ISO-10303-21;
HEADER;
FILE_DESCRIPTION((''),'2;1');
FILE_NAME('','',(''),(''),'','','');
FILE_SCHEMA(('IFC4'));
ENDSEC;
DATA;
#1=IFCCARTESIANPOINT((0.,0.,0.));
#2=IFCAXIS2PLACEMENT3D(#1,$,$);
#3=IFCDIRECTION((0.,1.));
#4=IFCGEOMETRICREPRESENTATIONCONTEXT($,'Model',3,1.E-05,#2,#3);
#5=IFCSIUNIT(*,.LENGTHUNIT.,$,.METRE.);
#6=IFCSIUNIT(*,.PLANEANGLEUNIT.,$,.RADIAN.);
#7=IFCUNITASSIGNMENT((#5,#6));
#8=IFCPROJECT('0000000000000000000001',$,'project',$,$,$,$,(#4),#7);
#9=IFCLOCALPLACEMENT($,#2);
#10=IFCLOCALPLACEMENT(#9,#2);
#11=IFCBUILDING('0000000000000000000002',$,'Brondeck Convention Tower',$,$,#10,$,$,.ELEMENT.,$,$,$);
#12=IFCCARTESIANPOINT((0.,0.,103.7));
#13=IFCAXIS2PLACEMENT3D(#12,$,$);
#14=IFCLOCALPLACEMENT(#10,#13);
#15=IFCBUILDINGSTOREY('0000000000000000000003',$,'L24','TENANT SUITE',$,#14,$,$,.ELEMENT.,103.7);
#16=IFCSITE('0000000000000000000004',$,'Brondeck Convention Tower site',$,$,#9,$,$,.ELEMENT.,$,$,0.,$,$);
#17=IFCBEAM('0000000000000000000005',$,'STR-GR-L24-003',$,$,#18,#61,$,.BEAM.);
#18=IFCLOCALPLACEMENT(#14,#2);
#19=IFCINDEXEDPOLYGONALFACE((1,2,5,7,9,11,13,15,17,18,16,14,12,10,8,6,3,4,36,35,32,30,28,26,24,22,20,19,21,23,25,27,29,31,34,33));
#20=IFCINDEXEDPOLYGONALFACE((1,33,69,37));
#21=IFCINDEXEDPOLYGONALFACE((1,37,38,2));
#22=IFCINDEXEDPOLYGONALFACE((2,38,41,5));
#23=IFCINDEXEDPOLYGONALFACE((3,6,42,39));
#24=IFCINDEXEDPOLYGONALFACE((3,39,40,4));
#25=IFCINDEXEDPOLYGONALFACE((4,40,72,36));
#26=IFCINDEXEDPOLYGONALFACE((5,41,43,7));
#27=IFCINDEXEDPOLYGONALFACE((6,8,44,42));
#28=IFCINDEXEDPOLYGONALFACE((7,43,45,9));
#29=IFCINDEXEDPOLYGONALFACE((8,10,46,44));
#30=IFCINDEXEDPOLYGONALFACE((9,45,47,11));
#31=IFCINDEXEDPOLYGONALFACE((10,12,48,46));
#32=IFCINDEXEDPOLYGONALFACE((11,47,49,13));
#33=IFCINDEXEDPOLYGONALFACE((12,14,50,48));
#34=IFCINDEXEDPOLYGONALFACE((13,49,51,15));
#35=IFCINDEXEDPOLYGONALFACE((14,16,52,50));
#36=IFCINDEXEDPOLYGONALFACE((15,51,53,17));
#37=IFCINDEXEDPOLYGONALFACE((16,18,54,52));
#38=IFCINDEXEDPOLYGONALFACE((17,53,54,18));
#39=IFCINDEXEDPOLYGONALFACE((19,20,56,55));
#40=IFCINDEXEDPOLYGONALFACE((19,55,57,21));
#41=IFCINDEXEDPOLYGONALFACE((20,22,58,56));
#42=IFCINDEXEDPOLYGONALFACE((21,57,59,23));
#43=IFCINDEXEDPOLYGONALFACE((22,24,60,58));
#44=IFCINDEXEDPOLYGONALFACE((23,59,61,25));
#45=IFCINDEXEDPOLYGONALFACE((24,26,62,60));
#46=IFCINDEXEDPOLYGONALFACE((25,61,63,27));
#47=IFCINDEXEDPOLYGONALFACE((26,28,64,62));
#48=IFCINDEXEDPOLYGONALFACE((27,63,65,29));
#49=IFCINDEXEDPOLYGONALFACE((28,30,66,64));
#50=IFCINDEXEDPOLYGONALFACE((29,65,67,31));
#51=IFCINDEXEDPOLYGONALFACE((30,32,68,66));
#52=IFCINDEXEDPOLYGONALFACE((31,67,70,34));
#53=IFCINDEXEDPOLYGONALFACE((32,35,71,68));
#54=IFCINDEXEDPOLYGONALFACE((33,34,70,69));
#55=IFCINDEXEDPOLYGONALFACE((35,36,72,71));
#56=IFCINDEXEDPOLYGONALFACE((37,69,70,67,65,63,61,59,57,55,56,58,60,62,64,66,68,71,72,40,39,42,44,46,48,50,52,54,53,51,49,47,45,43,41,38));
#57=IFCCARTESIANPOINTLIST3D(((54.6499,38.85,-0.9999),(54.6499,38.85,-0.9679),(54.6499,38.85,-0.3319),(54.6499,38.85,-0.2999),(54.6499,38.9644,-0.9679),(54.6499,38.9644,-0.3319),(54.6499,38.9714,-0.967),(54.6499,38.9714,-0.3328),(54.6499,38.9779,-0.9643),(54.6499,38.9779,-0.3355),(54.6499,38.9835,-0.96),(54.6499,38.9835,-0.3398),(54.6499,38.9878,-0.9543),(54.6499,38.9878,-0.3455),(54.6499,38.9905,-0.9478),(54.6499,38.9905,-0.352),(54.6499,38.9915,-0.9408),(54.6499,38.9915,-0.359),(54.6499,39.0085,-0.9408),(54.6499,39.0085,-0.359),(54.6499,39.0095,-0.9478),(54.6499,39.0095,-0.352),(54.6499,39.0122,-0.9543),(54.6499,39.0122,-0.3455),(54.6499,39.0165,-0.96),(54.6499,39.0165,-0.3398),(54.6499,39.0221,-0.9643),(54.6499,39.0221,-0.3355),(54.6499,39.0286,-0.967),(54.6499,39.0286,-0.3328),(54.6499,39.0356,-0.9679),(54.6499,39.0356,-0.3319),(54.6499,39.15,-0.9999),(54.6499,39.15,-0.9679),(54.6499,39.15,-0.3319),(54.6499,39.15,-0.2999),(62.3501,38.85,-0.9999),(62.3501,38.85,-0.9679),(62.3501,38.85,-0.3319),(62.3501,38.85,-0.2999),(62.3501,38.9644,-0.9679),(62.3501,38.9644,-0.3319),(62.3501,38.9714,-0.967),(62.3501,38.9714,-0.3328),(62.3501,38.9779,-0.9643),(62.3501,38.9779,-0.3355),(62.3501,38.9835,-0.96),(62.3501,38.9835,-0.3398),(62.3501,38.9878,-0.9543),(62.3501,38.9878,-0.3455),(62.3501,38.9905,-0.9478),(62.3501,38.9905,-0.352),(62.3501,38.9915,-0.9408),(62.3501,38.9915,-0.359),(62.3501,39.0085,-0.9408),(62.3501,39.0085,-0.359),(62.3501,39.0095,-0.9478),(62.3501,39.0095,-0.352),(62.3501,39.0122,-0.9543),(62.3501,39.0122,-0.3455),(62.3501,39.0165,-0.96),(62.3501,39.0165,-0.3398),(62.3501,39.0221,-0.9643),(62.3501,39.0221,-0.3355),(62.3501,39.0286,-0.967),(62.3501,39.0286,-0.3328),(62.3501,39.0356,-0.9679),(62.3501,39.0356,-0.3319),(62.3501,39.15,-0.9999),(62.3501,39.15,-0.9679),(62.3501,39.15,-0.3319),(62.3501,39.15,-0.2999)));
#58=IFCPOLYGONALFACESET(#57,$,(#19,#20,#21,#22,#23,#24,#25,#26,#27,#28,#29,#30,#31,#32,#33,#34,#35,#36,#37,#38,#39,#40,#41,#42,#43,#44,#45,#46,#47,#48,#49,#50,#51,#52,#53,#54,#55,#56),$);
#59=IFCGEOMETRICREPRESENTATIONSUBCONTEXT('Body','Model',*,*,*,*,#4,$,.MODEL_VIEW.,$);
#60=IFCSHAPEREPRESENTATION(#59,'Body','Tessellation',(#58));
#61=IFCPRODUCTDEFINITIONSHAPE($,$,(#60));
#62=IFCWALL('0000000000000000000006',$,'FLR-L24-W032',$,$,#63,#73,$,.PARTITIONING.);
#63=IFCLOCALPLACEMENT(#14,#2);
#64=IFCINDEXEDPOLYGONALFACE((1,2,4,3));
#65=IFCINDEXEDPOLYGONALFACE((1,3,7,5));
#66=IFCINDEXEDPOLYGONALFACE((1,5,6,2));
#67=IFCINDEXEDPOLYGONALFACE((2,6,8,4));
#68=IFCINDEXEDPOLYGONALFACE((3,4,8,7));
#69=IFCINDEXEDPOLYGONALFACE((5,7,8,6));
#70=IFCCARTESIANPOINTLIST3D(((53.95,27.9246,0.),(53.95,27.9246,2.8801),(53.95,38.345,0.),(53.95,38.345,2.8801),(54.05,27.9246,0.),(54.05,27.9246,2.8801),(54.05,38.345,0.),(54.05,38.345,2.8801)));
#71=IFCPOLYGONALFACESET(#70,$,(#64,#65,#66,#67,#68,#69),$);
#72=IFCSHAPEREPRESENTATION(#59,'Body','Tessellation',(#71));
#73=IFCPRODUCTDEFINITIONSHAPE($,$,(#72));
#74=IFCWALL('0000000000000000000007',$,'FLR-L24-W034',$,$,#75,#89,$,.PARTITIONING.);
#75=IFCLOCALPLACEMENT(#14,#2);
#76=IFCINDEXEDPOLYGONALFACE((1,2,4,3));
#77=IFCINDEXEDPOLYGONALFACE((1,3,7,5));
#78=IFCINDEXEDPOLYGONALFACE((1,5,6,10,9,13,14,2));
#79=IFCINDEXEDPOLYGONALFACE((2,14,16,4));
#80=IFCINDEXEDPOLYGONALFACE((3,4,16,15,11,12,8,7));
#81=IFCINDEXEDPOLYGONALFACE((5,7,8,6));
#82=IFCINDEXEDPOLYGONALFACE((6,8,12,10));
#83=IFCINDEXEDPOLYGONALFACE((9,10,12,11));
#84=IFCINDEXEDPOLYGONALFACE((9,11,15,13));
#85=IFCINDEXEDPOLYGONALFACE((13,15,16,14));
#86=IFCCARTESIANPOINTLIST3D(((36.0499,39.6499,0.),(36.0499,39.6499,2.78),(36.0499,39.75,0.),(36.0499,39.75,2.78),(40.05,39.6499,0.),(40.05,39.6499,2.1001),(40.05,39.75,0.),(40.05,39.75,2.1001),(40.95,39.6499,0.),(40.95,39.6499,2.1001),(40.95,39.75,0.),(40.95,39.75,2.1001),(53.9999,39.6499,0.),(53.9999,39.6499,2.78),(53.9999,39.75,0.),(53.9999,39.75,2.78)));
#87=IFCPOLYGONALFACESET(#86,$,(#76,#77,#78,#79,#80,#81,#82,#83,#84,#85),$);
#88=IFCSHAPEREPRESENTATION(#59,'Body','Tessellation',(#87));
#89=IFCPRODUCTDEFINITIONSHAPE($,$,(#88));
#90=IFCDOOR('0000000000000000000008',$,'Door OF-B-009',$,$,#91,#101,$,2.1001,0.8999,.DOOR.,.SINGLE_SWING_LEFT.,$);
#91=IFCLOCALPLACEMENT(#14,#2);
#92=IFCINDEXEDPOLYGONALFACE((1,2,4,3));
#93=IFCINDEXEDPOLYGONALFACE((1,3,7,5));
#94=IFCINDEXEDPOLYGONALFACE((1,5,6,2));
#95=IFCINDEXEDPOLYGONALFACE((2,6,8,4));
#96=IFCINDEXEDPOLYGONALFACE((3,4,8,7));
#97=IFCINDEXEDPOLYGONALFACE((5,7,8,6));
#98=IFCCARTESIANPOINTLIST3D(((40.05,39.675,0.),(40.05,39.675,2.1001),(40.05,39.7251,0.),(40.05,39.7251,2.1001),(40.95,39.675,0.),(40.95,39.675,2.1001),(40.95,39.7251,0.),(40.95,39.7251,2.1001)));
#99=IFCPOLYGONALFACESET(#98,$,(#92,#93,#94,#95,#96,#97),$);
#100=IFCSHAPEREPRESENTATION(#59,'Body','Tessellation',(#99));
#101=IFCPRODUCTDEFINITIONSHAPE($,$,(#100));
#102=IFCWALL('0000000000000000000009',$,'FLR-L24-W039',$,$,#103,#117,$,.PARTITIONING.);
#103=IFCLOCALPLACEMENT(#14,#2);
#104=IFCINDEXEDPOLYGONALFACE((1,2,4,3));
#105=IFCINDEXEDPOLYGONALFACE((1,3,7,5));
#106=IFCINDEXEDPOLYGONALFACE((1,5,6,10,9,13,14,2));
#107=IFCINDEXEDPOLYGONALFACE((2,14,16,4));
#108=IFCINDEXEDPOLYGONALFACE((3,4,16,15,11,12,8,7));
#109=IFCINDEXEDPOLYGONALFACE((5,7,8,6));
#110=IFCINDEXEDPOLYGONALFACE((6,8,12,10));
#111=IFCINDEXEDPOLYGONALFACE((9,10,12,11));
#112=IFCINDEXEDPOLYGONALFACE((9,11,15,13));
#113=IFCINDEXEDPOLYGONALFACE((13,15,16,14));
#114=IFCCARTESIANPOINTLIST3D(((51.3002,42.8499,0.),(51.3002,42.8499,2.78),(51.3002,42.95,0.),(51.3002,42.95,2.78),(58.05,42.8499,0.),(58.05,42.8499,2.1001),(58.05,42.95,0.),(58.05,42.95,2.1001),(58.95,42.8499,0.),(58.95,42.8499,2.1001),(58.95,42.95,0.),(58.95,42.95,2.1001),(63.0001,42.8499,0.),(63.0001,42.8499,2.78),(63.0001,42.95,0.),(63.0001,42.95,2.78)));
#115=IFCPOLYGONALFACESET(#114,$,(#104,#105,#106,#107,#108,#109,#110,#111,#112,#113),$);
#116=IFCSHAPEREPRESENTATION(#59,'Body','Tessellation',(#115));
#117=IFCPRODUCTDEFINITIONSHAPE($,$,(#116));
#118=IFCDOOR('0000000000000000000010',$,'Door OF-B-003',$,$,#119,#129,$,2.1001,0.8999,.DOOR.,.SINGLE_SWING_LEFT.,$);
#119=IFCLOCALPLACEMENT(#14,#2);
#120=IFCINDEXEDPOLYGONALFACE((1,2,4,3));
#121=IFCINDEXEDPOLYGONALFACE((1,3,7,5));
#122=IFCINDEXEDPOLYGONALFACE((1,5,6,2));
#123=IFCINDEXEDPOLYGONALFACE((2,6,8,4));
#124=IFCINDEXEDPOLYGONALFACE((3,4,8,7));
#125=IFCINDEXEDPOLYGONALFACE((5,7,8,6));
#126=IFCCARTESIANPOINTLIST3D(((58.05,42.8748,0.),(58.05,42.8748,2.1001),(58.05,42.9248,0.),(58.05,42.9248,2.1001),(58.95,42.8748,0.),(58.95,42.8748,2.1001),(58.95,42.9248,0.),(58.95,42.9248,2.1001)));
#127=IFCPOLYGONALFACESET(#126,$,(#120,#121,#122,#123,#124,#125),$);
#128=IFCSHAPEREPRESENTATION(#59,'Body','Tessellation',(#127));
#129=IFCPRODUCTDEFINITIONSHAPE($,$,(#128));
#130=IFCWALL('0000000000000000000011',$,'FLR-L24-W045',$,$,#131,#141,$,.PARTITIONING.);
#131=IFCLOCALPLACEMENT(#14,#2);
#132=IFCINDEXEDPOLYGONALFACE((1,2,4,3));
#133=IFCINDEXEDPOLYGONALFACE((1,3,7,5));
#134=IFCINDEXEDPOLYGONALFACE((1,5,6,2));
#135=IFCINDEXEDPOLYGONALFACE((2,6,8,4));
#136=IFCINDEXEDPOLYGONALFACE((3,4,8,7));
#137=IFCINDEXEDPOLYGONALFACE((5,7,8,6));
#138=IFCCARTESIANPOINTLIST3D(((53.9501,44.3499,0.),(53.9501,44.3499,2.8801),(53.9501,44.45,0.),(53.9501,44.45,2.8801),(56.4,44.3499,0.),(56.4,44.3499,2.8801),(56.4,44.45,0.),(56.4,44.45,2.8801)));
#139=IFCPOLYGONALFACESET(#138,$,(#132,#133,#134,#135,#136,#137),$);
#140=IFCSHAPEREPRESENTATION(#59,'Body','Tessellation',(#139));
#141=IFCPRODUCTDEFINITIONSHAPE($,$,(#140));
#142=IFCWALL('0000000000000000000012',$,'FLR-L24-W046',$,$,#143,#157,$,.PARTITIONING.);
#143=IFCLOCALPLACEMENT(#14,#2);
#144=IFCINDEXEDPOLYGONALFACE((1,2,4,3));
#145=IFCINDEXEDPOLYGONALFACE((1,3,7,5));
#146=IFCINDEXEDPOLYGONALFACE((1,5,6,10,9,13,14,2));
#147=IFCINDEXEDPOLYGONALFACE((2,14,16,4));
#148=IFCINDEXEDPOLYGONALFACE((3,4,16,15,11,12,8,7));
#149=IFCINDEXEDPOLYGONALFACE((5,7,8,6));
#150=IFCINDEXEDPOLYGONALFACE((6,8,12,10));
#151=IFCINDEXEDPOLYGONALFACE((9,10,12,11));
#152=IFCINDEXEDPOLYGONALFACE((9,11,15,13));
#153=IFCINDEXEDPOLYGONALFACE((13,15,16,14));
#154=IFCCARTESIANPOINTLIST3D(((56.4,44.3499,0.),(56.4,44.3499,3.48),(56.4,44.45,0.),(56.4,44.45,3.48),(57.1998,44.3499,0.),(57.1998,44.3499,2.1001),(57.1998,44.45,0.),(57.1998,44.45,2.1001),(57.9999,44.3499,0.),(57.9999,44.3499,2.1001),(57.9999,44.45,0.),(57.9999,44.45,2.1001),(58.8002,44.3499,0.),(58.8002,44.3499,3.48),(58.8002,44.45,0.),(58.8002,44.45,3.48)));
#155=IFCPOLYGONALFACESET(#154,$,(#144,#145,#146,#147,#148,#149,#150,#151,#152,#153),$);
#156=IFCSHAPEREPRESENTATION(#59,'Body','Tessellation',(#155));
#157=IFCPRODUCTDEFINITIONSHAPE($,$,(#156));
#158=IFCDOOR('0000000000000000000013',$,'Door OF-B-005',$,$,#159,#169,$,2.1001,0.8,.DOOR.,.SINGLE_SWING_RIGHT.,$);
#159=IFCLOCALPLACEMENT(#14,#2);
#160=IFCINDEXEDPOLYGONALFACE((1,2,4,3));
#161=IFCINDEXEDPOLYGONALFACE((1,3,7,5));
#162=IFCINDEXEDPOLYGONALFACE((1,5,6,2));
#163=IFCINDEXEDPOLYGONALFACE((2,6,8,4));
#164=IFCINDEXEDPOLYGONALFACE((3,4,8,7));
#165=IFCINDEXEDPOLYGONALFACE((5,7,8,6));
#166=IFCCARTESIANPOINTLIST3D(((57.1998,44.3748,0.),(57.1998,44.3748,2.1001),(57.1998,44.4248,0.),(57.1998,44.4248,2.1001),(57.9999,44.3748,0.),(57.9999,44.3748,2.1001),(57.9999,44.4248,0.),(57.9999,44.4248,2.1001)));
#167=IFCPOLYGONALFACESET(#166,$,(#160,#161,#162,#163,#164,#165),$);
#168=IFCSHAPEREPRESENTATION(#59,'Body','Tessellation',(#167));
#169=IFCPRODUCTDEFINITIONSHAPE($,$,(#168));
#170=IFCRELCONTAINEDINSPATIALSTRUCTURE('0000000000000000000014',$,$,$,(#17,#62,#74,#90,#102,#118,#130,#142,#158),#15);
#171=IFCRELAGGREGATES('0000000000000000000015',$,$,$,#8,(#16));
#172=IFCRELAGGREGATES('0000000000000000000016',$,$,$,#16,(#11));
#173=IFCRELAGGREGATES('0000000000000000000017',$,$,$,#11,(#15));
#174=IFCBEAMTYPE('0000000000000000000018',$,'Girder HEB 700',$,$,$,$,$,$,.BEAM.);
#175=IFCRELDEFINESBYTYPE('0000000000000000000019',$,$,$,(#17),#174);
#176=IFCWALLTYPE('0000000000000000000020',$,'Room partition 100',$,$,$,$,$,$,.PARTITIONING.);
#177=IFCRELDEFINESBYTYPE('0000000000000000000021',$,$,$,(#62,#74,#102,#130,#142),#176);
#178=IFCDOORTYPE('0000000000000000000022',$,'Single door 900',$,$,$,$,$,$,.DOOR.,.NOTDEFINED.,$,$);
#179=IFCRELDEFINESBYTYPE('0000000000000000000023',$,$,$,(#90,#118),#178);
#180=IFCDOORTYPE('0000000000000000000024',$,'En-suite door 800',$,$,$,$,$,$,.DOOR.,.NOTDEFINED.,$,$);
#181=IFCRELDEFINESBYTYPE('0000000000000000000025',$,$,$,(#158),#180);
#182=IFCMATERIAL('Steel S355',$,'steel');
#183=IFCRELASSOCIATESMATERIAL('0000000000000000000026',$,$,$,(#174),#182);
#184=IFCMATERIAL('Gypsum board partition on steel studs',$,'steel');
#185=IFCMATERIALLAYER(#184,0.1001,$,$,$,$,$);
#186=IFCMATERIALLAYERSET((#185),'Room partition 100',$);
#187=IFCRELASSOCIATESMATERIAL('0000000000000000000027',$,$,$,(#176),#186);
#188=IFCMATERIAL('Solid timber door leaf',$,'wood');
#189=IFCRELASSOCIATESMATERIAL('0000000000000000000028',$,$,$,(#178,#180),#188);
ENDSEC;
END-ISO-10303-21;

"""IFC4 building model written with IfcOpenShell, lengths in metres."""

from ifc_helpers import new_model, si_unit, direction, frame, frame_2d, origin, origin_2d, place, context, subcontext, project, spatial, rectangle, i_section, extrude, material, layer, layer_set, material_profile, profile_set, type_object, element, fill, save


model = new_model("IFC4")

# Units and contexts
model_context = context("Model", 3, precision=1e-05, world=origin(), true_north=direction((0.0, 1.0)))
body_context = subcontext(model_context, "Body", "Model", "MODEL_VIEW")
ifc_project = project(units=[si_unit("LENGTHUNIT", "METRE"), si_unit("PLANEANGLEUNIT", "RADIAN")], contexts=[model_context])

# Site, building, storey
site_placement = place(None, origin())
site = spatial("IfcSite", under=ifc_project, at=site_placement, Name="Brondeck Convention Tower site", CompositionType="ELEMENT", RefElevation=0.0)
building_placement = place(site_placement, origin())
building = spatial("IfcBuilding", under=site, at=building_placement, Name="Brondeck Convention Tower", CompositionType="ELEMENT")
storey_placement = place(building_placement, frame((0.0, 0.0, 103.7)))
storey = spatial("IfcBuildingStorey", under=building, at=storey_placement, Name="L24", Description="TENANT SUITE", CompositionType="ELEMENT", Elevation=103.7)

# Beam
ifc_material_1 = material(Name="Steel S355", Category="steel")
ifc_material_profile_1 = material_profile(ifc_material_1, i_section(OverallWidth=0.3, OverallDepth=0.7, WebThickness=0.0171, FlangeThickness=0.032, FilletRadius=0.0271, at=origin_2d()), Name="HEB 700")
ifc_profile_set_1 = profile_set([ifc_material_profile_1], Name="Steel S355")
beam_type_1 = type_object("IfcBeamType", Name="Girder HEB 700", PredefinedType="BEAM", material=ifc_profile_set_1)
for number, where, z_axis, x_axis, name in (
    (1, (54.6499, 39.0, -0.6499), (1.0, 0.0, 0.0), (0.0, 1.0, 0.0), "STR-GR-L24-003"),
):
    element("IfcBeam", number, at=place(storey_placement, frame(where, z_axis=z_axis, x_axis=x_axis)), inside=storey, type_object=beam_type_1, Name=name, PredefinedType="BEAM", context=body_context, shape_type="SweptSolid", body=[
        extrude(i_section(OverallWidth=0.3, OverallDepth=0.7, WebThickness=0.0171, FlangeThickness=0.032, FilletRadius=0.0271, at=origin_2d()), origin(), (0.0, 0.0, 1.0), 7.7002),
    ])

# Wall
ifc_material_2 = material(Name="Gypsum board partition on steel studs", Category="steel")
ifc_layer_1 = layer(ifc_material_2, 0.1001)
ifc_layer_set_1 = layer_set([ifc_layer_1], Name="Room partition 100")
wall_type_1 = type_object("IfcWallType", Name="Room partition 100", PredefinedType="PARTITIONING", material=ifc_layer_set_1)
wall_1_placement = place(storey_placement, frame((54.0, 38.345, 0.0), z_axis=(0.0, 0.0, 1.0), x_axis=(0.0, -1.0, 0.0)))
element("IfcWall", 2, at=wall_1_placement, inside=storey, type_object=wall_type_1, Name="FLR-L24-W032", PredefinedType="PARTITIONING", context=body_context, shape_type="SweptSolid", body=[
    extrude(rectangle(XDim=10.4204, YDim=0.1001, at=frame_2d((5.2102, 0.0))), origin(), (0.0, 0.0, 1.0), 2.8801),
])

# Walls, openings, doors
wall_2_placement = place(storey_placement, frame((54.0, 39.7, 0.0), z_axis=(0.0, 0.0, 1.0), x_axis=(-1.0, 0.0, 0.0)))
wall_2 = element("IfcWall", 3, at=wall_2_placement, inside=storey, type_object=wall_type_1, Name="FLR-L24-W034", PredefinedType="PARTITIONING", context=body_context, shape_type="SweptSolid", body=[
    extrude(rectangle(XDim=17.95, YDim=0.1001, at=frame_2d((8.9751, 0.0))), origin(), (0.0, 0.0, 1.0), 2.78),
])
opening_1_placement = place(wall_2_placement, frame((13.05, 0.0, 0.0)))
opening_1 = element("IfcOpeningElement", 4, at=opening_1_placement, cuts=wall_2, PredefinedType="OPENING", context=body_context, shape_type="SweptSolid", body=[
    extrude(rectangle(XDim=0.8999, YDim=2.1001, at=frame_2d((0.45, 1.05))), frame((0.0, 0.0601, 0.0), z_axis=(0.0, -1.0, 0.0), x_axis=(1.0, 0.0, 0.0)), (0.0, 0.0, 1.0), 0.1201),
])
ifc_material_3 = material(Name="Solid timber door leaf", Category="wood")
door_type_1 = type_object("IfcDoorType", Name="Single door 900", OperationType="NOTDEFINED", PredefinedType="DOOR", material=ifc_material_3)
door_1_placement = place(opening_1_placement, origin())
door_1 = element("IfcDoor", 5, at=door_1_placement, inside=storey, type_object=door_type_1, Name="Door OF-B-009", OperationType="SINGLE_SWING_LEFT", OverallHeight=2.1001, OverallWidth=0.8999, PredefinedType="DOOR", context=body_context, shape_type="SweptSolid", body=[
    extrude(rectangle(XDim=0.8999, YDim=2.1001, at=frame_2d((0.45, 1.05))), frame((0.0, 0.0249, 0.0), z_axis=(0.0, -1.0, 0.0), x_axis=(1.0, 0.0, 0.0)), (0.0, 0.0, 1.0), 0.05),
])
fill(opening_1, door_1)
wall_3_placement = place(storey_placement, frame((51.3, 42.8999, 0.0), z_axis=(0.0, 0.0, 1.0), x_axis=(1.0, 0.0, 0.0)))
wall_3 = element("IfcWall", 6, at=wall_3_placement, inside=storey, type_object=wall_type_1, Name="FLR-L24-W039", PredefinedType="PARTITIONING", context=body_context, shape_type="SweptSolid", body=[
    extrude(rectangle(XDim=11.7, YDim=0.1001, at=frame_2d((5.8501, 0.0))), origin(), (0.0, 0.0, 1.0), 2.78),
])
opening_2_placement = place(wall_3_placement, frame((6.75, 0.0, 0.0)))
opening_2 = element("IfcOpeningElement", 7, at=opening_2_placement, cuts=wall_3, PredefinedType="OPENING", context=body_context, shape_type="SweptSolid", body=[
    extrude(rectangle(XDim=0.8999, YDim=2.1001, at=frame_2d((0.45, 1.05))), frame((0.0, 0.0601, 0.0), z_axis=(0.0, -1.0, 0.0), x_axis=(1.0, 0.0, 0.0)), (0.0, 0.0, 1.0), 0.1201),
])
door_2_placement = place(opening_2_placement, origin())
door_2 = element("IfcDoor", 8, at=door_2_placement, inside=storey, type_object=door_type_1, Name="Door OF-B-003", OperationType="SINGLE_SWING_LEFT", OverallHeight=2.1001, OverallWidth=0.8999, PredefinedType="DOOR", context=body_context, shape_type="SweptSolid", body=[
    extrude(rectangle(XDim=0.8999, YDim=2.1001, at=frame_2d((0.45, 1.05))), frame((0.0, 0.0249, 0.0), z_axis=(0.0, -1.0, 0.0), x_axis=(1.0, 0.0, 0.0)), (0.0, 0.0, 1.0), 0.05),
])
fill(opening_2, door_2)

# Wall
wall_4_placement = place(storey_placement, frame((53.95, 44.3999, 0.0), z_axis=(0.0, 0.0, 1.0), x_axis=(1.0, 0.0, 0.0)))
element("IfcWall", 9, at=wall_4_placement, inside=storey, type_object=wall_type_1, Name="FLR-L24-W045", PredefinedType="PARTITIONING", context=body_context, shape_type="SweptSolid", body=[
    extrude(rectangle(XDim=2.45, YDim=0.1001, at=frame_2d((1.2251, 0.0))), origin(), (0.0, 0.0, 1.0), 2.8801),
])

# Wall, opening, door
wall_5_placement = place(storey_placement, frame((56.3999, 44.3999, 0.0), z_axis=(0.0, 0.0, 1.0), x_axis=(1.0, 0.0, 0.0)))
wall_5 = element("IfcWall", 10, at=wall_5_placement, inside=storey, type_object=wall_type_1, Name="FLR-L24-W046", PredefinedType="PARTITIONING", context=body_context, shape_type="SweptSolid", body=[
    extrude(rectangle(XDim=2.4001, YDim=0.1001, at=frame_2d((1.2002, 0.0))), origin(), (0.0, 0.0, 1.0), 3.48),
])
opening_3_placement = place(wall_5_placement, frame((0.8, 0.0, 0.0)))
opening_3 = element("IfcOpeningElement", 11, at=opening_3_placement, cuts=wall_5, PredefinedType="OPENING", context=body_context, shape_type="SweptSolid", body=[
    extrude(rectangle(XDim=0.8, YDim=2.1001, at=frame_2d((0.3999, 1.05))), frame((0.0, 0.0601, 0.0), z_axis=(0.0, -1.0, 0.0), x_axis=(1.0, 0.0, 0.0)), (0.0, 0.0, 1.0), 0.1201),
])
door_type_2 = type_object("IfcDoorType", Name="En-suite door 800", OperationType="NOTDEFINED", PredefinedType="DOOR", material=ifc_material_3)
door_3_placement = place(opening_3_placement, origin())
door_3 = element("IfcDoor", 12, at=door_3_placement, inside=storey, type_object=door_type_2, Name="Door OF-B-005", OperationType="SINGLE_SWING_RIGHT", OverallHeight=2.1001, OverallWidth=0.8, PredefinedType="DOOR", context=body_context, shape_type="SweptSolid", body=[
    extrude(rectangle(XDim=0.8, YDim=2.1001, at=frame_2d((0.3999, 1.05))), frame((0.0, 0.0249, 0.0), z_axis=(0.0, -1.0, 0.0), x_axis=(1.0, 0.0, 0.0)), (0.0, 0.0, 1.0), 0.05),
])
fill(opening_3, door_3)

save(model, "model.ifc")
